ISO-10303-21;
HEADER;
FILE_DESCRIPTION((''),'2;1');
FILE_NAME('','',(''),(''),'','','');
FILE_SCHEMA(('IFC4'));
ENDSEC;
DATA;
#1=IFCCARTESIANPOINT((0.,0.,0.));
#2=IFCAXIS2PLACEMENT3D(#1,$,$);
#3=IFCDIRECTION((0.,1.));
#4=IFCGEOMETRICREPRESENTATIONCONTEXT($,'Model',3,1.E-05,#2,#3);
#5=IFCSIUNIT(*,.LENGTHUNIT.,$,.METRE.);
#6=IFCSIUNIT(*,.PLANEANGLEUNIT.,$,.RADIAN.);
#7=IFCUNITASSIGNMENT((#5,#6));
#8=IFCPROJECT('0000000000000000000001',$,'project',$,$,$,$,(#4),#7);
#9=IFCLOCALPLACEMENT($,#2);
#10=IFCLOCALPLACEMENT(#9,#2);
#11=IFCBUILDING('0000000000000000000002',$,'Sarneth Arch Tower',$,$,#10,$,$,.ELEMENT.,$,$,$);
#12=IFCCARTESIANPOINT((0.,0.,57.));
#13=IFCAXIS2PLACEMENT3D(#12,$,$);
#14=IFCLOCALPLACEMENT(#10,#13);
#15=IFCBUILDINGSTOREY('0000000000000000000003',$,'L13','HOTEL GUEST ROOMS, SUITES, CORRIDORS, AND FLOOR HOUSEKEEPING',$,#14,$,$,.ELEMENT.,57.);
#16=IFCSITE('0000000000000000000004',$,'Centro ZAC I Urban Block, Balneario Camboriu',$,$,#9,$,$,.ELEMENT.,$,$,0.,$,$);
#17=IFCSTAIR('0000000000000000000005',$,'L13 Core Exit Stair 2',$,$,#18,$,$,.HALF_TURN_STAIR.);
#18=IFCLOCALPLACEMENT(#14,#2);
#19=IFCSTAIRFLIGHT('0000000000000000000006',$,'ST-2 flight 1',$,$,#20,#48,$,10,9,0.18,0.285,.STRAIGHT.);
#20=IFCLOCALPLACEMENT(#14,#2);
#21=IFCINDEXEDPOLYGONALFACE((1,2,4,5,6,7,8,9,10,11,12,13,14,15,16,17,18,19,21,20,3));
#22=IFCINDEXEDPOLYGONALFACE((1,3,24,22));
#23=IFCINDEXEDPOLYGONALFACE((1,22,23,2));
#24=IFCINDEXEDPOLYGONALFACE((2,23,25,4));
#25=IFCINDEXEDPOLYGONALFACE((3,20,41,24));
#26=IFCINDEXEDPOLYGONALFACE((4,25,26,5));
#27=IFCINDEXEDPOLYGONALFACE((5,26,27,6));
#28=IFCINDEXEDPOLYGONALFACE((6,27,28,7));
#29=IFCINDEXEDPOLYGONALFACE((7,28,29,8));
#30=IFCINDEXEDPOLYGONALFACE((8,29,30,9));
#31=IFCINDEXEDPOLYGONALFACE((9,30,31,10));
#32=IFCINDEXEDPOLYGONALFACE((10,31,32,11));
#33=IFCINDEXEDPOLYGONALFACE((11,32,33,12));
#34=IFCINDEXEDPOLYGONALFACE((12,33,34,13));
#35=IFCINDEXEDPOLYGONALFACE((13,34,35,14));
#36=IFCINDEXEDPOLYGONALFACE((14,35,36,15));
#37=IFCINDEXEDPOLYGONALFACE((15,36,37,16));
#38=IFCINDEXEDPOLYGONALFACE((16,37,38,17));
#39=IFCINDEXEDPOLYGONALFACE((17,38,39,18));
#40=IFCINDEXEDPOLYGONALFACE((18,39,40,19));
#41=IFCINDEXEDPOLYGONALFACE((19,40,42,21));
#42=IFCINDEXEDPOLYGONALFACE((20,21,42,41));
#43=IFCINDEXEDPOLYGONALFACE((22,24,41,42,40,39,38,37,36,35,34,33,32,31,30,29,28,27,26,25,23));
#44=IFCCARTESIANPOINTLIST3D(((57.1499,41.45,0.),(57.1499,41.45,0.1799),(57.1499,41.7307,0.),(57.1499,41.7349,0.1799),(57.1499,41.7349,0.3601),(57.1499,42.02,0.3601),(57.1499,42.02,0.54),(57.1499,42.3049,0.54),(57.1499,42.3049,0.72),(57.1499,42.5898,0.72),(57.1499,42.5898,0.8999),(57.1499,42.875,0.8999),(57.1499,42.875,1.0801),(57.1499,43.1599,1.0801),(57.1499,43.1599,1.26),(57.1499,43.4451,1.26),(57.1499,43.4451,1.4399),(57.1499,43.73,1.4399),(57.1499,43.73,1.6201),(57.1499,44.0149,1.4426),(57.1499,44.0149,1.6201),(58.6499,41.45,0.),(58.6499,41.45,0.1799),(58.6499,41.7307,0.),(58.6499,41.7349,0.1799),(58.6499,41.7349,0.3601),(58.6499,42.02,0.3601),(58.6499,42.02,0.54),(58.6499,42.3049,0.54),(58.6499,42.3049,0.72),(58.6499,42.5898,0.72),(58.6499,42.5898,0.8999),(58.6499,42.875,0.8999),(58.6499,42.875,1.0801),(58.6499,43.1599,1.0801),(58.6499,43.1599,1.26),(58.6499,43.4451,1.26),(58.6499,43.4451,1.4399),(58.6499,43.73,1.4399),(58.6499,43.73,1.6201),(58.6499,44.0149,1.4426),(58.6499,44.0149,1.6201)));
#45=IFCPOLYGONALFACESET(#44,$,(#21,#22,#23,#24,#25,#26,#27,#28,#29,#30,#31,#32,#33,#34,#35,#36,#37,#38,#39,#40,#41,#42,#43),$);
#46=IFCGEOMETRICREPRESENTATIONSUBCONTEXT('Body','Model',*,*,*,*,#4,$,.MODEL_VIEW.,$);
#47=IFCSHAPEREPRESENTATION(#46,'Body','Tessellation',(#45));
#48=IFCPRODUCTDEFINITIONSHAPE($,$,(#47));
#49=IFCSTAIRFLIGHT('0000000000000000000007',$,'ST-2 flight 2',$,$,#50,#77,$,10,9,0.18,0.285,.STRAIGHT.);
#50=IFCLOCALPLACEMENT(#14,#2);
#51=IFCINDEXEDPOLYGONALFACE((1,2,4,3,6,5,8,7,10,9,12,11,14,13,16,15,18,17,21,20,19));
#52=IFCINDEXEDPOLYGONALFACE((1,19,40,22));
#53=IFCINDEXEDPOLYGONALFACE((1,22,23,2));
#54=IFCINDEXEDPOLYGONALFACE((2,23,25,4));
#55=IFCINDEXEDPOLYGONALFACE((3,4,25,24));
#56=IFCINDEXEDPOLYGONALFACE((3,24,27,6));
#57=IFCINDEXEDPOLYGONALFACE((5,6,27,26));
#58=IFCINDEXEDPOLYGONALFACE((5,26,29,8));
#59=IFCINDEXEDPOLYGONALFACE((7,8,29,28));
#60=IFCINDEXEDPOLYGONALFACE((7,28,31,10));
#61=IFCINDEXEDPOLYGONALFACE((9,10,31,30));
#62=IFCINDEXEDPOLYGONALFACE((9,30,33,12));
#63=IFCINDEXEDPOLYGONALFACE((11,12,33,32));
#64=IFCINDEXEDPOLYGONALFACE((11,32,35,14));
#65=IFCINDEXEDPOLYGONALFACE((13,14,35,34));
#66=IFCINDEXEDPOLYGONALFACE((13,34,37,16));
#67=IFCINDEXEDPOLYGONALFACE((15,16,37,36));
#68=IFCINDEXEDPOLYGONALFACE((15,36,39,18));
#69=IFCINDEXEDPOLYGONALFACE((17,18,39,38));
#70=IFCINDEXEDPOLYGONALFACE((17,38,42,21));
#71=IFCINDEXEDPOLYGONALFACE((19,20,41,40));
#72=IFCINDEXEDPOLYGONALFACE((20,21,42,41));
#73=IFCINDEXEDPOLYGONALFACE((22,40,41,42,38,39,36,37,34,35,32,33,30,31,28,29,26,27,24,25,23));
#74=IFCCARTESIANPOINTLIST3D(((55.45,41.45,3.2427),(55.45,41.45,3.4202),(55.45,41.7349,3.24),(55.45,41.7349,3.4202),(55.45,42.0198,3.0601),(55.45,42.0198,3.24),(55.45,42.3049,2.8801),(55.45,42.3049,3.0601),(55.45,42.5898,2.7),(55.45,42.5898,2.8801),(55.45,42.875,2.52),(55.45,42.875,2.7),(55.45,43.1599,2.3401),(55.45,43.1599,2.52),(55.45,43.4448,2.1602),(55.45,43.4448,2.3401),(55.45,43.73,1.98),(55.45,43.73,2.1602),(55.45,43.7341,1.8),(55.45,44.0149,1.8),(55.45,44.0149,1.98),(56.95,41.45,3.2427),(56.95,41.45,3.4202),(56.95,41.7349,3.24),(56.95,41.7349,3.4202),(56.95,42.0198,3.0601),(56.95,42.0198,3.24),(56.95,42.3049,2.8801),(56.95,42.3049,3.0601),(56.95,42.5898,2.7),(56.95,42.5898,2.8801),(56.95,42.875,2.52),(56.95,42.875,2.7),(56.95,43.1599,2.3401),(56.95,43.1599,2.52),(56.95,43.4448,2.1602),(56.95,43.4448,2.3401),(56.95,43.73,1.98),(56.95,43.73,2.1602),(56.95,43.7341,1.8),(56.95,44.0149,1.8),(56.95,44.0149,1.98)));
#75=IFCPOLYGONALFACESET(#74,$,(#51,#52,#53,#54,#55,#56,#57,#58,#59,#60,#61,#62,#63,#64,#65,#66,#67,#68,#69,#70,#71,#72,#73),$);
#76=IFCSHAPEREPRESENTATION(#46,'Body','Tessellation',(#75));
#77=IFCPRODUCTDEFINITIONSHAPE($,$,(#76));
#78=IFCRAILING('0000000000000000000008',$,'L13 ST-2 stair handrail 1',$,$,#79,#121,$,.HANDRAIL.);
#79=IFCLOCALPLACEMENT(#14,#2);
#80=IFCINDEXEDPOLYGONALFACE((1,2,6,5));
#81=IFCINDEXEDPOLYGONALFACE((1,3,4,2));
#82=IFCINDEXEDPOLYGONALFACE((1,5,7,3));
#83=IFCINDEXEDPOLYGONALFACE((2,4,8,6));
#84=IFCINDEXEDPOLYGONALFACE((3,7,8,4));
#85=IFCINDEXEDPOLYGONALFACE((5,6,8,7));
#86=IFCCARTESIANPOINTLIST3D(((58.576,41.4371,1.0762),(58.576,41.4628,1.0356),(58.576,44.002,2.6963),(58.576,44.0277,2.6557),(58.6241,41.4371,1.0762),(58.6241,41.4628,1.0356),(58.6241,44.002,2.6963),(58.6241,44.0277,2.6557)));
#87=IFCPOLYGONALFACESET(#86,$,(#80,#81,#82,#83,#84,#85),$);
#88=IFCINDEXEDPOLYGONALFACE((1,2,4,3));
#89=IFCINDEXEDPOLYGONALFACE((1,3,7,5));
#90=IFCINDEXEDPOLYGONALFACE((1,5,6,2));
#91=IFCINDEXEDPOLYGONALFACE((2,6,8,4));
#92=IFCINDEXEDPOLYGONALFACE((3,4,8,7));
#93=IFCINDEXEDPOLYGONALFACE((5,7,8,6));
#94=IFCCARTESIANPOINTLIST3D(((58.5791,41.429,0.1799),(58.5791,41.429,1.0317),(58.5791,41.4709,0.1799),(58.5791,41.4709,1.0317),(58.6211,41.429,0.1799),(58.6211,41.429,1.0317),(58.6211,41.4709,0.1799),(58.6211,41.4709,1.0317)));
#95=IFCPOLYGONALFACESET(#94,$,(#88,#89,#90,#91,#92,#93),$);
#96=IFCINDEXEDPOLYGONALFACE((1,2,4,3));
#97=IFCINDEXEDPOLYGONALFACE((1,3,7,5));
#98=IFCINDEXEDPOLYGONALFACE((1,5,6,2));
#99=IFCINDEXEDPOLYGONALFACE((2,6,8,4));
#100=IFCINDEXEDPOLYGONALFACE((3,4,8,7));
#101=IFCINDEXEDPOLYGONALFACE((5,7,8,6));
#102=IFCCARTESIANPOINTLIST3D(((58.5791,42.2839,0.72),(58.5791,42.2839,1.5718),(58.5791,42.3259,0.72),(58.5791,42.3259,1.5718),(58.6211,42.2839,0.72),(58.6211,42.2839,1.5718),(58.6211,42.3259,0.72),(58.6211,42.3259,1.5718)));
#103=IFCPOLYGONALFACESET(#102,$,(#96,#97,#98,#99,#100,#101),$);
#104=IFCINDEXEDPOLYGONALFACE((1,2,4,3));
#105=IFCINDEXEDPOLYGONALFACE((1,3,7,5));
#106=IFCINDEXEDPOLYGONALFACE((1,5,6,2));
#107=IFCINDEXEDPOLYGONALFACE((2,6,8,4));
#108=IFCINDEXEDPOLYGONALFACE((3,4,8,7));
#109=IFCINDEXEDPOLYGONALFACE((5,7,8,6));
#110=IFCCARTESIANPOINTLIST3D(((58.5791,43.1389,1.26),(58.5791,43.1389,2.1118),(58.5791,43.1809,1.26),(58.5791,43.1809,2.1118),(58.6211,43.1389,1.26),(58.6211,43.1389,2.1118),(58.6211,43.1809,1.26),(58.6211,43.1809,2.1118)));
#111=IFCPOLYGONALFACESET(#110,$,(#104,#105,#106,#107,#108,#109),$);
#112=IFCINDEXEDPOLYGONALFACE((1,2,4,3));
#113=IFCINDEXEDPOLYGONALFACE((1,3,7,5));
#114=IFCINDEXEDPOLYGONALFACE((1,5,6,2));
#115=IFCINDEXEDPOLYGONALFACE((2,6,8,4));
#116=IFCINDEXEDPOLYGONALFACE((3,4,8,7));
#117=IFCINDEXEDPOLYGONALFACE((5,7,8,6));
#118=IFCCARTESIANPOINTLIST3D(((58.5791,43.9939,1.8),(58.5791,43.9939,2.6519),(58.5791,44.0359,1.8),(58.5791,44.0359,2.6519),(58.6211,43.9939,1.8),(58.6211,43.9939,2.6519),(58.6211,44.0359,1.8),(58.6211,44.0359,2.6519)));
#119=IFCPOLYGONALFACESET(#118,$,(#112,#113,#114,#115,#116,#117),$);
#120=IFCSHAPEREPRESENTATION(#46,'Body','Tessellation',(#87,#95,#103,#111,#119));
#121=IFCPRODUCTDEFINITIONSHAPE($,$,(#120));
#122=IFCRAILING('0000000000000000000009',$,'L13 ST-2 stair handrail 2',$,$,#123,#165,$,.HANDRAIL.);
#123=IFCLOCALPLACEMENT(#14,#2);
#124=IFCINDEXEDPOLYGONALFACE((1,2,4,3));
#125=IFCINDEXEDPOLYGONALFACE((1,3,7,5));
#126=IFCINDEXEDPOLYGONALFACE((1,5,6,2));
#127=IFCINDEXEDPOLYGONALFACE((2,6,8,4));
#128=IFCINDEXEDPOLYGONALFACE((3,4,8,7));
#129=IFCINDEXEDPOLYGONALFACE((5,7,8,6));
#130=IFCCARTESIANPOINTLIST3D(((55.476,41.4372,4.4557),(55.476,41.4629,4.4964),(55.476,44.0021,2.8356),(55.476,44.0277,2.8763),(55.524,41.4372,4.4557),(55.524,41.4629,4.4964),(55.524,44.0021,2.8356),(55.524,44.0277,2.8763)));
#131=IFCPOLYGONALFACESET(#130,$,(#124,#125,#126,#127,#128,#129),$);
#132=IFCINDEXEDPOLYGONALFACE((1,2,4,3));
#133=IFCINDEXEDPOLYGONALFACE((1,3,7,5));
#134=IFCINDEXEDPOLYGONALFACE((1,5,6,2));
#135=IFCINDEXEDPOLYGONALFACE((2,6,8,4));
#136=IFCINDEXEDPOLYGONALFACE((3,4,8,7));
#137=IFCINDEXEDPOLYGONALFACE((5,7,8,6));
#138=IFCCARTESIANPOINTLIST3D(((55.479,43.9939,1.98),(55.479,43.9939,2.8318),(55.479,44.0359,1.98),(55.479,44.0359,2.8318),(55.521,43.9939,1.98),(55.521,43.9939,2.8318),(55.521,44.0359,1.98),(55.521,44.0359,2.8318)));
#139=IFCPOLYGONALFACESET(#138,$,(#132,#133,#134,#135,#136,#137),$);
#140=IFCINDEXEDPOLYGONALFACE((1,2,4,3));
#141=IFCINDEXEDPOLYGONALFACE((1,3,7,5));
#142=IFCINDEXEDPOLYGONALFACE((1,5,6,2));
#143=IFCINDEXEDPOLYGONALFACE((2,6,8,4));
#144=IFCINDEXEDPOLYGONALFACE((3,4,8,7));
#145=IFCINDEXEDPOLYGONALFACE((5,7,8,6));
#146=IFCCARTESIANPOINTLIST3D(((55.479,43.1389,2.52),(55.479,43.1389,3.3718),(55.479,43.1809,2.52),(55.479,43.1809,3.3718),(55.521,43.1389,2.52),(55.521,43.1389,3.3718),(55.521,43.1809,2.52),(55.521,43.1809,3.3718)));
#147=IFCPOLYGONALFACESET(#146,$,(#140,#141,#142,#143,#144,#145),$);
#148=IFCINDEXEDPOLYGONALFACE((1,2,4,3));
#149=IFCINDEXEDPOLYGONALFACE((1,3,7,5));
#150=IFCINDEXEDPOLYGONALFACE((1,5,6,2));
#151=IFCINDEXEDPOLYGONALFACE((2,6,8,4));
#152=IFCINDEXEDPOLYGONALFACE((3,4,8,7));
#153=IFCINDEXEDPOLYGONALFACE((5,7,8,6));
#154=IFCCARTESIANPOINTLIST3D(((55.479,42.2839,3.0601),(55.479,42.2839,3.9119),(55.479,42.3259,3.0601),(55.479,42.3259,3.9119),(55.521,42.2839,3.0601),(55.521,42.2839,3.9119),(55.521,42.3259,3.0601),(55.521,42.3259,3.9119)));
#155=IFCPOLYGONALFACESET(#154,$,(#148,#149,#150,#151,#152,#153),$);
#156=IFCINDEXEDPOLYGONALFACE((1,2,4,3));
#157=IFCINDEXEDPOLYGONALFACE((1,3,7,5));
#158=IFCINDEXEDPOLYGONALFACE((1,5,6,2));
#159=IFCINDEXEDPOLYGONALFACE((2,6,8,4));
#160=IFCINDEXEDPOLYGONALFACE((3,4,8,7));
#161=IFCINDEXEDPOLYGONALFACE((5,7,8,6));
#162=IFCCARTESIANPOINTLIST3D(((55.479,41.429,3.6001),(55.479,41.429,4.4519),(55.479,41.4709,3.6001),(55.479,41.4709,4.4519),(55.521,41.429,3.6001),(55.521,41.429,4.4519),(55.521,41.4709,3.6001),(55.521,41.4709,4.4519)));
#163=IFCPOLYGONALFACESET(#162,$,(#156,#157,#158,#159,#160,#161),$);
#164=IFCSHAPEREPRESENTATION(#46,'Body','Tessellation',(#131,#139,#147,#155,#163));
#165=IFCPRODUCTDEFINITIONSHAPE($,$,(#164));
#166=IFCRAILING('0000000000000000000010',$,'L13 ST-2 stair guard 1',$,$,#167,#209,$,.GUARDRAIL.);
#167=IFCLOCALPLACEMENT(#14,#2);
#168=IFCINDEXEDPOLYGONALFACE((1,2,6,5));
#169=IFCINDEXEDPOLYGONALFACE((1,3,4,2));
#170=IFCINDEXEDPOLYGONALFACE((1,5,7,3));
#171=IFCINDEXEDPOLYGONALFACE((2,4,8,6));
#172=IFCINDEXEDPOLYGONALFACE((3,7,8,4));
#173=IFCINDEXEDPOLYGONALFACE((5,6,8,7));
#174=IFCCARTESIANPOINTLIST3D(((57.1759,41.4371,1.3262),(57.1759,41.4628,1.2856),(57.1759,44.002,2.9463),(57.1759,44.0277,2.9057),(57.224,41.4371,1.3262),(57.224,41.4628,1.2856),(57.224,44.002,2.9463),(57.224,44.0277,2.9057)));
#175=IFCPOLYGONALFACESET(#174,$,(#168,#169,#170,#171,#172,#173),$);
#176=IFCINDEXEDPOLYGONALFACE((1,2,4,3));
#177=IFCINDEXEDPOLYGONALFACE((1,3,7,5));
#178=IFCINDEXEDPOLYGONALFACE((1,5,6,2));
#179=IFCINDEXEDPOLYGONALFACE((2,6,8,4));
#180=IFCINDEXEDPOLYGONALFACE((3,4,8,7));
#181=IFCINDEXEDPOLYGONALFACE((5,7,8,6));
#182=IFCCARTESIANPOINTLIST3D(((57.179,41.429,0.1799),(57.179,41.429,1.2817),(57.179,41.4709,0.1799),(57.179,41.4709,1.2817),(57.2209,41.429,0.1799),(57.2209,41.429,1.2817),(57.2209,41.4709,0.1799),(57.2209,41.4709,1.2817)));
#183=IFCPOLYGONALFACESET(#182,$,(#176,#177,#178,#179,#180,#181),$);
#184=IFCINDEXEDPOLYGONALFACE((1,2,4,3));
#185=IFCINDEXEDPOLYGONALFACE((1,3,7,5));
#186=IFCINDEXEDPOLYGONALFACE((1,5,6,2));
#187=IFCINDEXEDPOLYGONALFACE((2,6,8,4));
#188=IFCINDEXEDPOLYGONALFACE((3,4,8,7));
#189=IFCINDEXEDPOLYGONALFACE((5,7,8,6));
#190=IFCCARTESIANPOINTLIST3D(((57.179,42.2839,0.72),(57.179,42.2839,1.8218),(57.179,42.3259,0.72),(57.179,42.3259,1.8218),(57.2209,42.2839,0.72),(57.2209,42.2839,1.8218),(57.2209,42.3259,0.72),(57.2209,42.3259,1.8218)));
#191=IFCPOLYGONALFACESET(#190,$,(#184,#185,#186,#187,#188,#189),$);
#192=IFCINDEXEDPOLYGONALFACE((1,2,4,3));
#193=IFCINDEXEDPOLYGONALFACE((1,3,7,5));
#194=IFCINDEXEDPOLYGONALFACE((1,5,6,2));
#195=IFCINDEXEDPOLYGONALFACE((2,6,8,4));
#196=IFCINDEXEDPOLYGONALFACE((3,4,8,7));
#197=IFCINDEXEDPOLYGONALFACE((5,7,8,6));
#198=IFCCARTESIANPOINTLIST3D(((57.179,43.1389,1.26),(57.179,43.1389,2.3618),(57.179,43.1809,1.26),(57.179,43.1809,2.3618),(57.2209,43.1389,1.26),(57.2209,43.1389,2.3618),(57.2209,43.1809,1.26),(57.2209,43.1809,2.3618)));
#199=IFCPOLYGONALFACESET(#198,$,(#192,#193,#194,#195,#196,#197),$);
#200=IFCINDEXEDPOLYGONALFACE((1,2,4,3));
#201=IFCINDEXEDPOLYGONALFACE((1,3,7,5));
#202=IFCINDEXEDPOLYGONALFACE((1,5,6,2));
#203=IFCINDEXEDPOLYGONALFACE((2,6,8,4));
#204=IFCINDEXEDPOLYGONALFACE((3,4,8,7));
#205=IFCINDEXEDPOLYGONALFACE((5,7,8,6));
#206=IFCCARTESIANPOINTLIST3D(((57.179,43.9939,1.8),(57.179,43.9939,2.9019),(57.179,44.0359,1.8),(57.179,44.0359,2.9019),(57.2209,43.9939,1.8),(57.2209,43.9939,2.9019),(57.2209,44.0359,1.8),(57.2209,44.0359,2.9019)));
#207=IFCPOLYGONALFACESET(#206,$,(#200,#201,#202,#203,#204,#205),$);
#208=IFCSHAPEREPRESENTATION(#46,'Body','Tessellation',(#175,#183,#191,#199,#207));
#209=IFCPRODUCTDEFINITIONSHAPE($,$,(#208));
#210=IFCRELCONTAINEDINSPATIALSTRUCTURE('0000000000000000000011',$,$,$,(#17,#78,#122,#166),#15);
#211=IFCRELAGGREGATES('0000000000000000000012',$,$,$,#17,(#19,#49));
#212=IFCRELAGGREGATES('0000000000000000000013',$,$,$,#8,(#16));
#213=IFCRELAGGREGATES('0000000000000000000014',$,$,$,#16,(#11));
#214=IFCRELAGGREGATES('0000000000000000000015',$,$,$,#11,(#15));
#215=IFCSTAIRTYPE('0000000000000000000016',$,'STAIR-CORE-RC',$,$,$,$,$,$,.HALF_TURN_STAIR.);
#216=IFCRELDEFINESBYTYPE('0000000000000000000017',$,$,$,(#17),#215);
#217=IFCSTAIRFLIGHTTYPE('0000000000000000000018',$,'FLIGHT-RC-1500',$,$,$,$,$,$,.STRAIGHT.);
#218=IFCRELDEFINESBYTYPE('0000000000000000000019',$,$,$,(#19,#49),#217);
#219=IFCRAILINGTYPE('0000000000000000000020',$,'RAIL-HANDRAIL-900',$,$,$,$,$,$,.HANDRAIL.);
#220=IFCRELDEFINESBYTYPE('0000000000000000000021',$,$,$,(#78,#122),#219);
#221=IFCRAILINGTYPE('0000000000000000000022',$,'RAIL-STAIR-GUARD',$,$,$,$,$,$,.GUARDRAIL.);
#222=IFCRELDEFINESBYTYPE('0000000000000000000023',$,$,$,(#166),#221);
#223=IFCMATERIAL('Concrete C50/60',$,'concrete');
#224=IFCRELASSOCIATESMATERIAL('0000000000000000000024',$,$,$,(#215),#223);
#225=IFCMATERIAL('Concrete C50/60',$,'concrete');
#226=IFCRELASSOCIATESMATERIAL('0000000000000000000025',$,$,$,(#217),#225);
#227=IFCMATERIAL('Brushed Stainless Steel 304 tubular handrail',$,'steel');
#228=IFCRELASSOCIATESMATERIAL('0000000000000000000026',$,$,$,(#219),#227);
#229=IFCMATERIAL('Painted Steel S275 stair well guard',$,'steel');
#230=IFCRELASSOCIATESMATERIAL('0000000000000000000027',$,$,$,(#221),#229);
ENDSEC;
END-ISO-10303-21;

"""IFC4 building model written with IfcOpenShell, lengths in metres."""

from ifc_helpers import new_model, si_unit, direction, frame, origin, origin_2d, place, context, subcontext, project, spatial, polyline, rectangle, outline, extrude, material, type_object, element, aggregate, save


model = new_model("IFC4")

# Units and contexts
model_context = context("Model", 3, precision=1e-05, world=origin(), true_north=direction((0.0, 1.0)))
body_context = subcontext(model_context, "Body", "Model", "MODEL_VIEW")
ifc_project = project(units=[si_unit("LENGTHUNIT", "METRE"), si_unit("PLANEANGLEUNIT", "RADIAN")], contexts=[model_context])

# Site, building, storey
site_placement = place(None, origin())
site = spatial("IfcSite", under=ifc_project, at=site_placement, Name="Centro ZAC I Urban Block, Balneario Camboriu", CompositionType="ELEMENT", RefElevation=0.0)
building_placement = place(site_placement, origin())
building = spatial("IfcBuilding", under=site, at=building_placement, Name="Sarneth Arch Tower", CompositionType="ELEMENT")
storey_placement = place(building_placement, frame((0.0, 0.0, 57.0)))
storey = spatial("IfcBuildingStorey", under=building, at=storey_placement, Name="L13", Description="HOTEL GUEST ROOMS, SUITES, CORRIDORS, AND FLOOR HOUSEKEEPING", CompositionType="ELEMENT", Elevation=57.0)

# Stair, stair flights
ifc_material_1 = material(Name="Concrete C50/60", Category="concrete")
stair_type = type_object("IfcStairType", Name="STAIR-CORE-RC", PredefinedType="HALF_TURN_STAIR", material=ifc_material_1)
stair_placement = place(storey_placement, origin())
stair = element("IfcStair", 1, at=stair_placement, inside=storey, type_object=stair_type, Name="L13 Core Exit Stair 2", PredefinedType="HALF_TURN_STAIR")
ifc_material_2 = material(Name="Concrete C50/60", Category="concrete")
stair_flight_type = type_object("IfcStairFlightType", Name="FLIGHT-RC-1500", PredefinedType="STRAIGHT", material=ifc_material_2)
stair_flight_1_placement = place(storey_placement, frame((57.8999, 41.45, 0.0), z_axis=(0.0, 0.0, 1.0), x_axis=(0.0, 1.0, 0.0)))
stair_flight_1 = element("IfcStairFlight", 2, at=stair_flight_1_placement, type_object=stair_flight_type, Name="ST-2 flight 1", NumberOfRisers=10, NumberOfTreads=9, PredefinedType="STRAIGHT", RiserHeight=0.18, TreadLength=0.285, context=body_context, shape_type="SweptSolid", body=[
    extrude(outline(polyline([(0.0, 0.0), (0.0, 0.1799), (0.2849, 0.1799), (0.2849, 0.3601), (0.5701, 0.3601), (0.5701, 0.54), (0.855, 0.54), (0.855, 0.72), (1.1399, 0.72), (1.1399, 0.8999), (1.425, 0.8999), (1.425, 1.0801), (1.71, 1.0801), (1.71, 1.26), (1.9951, 1.26), (1.9951, 1.4399), (2.28, 1.4399), (2.28, 1.6201), (2.5649, 1.6201), (2.5649, 1.8), (2.5649, 1.4426), (0.2808, 0.0), (0.0, 0.0)])), frame((0.0, 0.75, 0.0), z_axis=(0.0, -1.0, 0.0), x_axis=(1.0, 0.0, 0.0)), (0.0, 0.0, 1.0), 1.5),
])
stair_flight_2_placement = place(storey_placement, frame((56.2, 44.0149, 1.8), z_axis=(0.0, 0.0, 1.0), x_axis=(0.0, -1.0, 0.0)))
stair_flight_2 = element("IfcStairFlight", 3, at=stair_flight_2_placement, type_object=stair_flight_type, Name="ST-2 flight 2", NumberOfRisers=10, NumberOfTreads=9, PredefinedType="STRAIGHT", RiserHeight=0.18, TreadLength=0.285, context=body_context, shape_type="SweptSolid", body=[
    extrude(outline(polyline([(0.0, 0.0), (0.0, 0.1799), (0.2849, 0.1799), (0.2849, 0.3601), (0.5701, 0.3601), (0.5701, 0.54), (0.855, 0.54), (0.855, 0.72), (1.1399, 0.72), (1.1399, 0.8999), (1.425, 0.8999), (1.425, 1.0801), (1.71, 1.0801), (1.71, 1.26), (1.9951, 1.26), (1.9951, 1.4399), (2.28, 1.4399), (2.28, 1.6201), (2.5649, 1.6201), (2.5649, 1.8), (2.5649, 1.4426), (0.2808, 0.0), (0.0, 0.0)])), frame((0.0, 0.75, 0.0), z_axis=(0.0, -1.0, 0.0), x_axis=(1.0, 0.0, 0.0)), (0.0, 0.0, 1.0), 1.5),
])
aggregate(stair, [stair_flight_1, stair_flight_2])

# Railings
ifc_material_3 = material(Name="Brushed Stainless Steel 304 tubular handrail", Category="steel")
railing_type_1 = type_object("IfcRailingType", Name="RAIL-HANDRAIL-900", PredefinedType="HANDRAIL", material=ifc_material_3)
railing_1_placement = place(storey_placement, frame((58.6001, 41.45, 0.1799)))
element("IfcRailing", 4, at=railing_1_placement, inside=storey, type_object=railing_type_1, Name="L13 ST-2 stair handrail 1", PredefinedType="HANDRAIL", context=body_context, shape_type="SweptSolid", body=[
    extrude(rectangle(XDim=0.0481, YDim=0.0481, at=origin_2d()), frame((0.0, 0.0, 0.876), z_axis=(0.0, 0.845466, 0.534029), x_axis=(-1.0, 0.0, 0.0)), (0.0, 0.0, 1.0), 3.0337),
    extrude(rectangle(XDim=0.042, YDim=0.042, at=origin_2d()), origin(), (0.0, 0.0, 1.0), 0.8518),
    extrude(rectangle(XDim=0.042, YDim=0.042, at=origin_2d()), frame((0.0, 0.855, 0.54)), (0.0, 0.0, 1.0), 0.8518),
    extrude(rectangle(XDim=0.042, YDim=0.042, at=origin_2d()), frame((0.0, 1.71, 1.0801)), (0.0, 0.0, 1.0), 0.8518),
    extrude(rectangle(XDim=0.042, YDim=0.042, at=origin_2d()), frame((0.0, 2.5649, 1.6201)), (0.0, 0.0, 1.0), 0.8518),
])
railing_2_placement = place(storey_placement, frame((55.5, 44.0149, 1.98)))
element("IfcRailing", 5, at=railing_2_placement, inside=storey, type_object=railing_type_1, Name="L13 ST-2 stair handrail 2", PredefinedType="HANDRAIL", context=body_context, shape_type="SweptSolid", body=[
    extrude(rectangle(XDim=0.0481, YDim=0.0481, at=origin_2d()), frame((0.0, 0.0, 0.876), z_axis=(0.0, -0.845466, 0.534029), x_axis=(1.0, 0.0, 0.0)), (0.0, 0.0, 1.0), 3.0337),
    extrude(rectangle(XDim=0.042, YDim=0.042, at=origin_2d()), origin(), (0.0, 0.0, 1.0), 0.8518),
    extrude(rectangle(XDim=0.042, YDim=0.042, at=origin_2d()), frame((0.0, -0.855, 0.54)), (0.0, 0.0, 1.0), 0.8518),
    extrude(rectangle(XDim=0.042, YDim=0.042, at=origin_2d()), frame((0.0, -1.71, 1.0801)), (0.0, 0.0, 1.0), 0.8518),
    extrude(rectangle(XDim=0.042, YDim=0.042, at=origin_2d()), frame((0.0, -2.5649, 1.6201)), (0.0, 0.0, 1.0), 0.8518),
])
ifc_material_4 = material(Name="Painted Steel S275 stair well guard", Category="steel")
railing_type_2 = type_object("IfcRailingType", Name="RAIL-STAIR-GUARD", PredefinedType="GUARDRAIL", material=ifc_material_4)
railing_3_placement = place(storey_placement, frame((57.2, 41.45, 0.1799)))
element("IfcRailing", 6, at=railing_3_placement, inside=storey, type_object=railing_type_2, Name="L13 ST-2 stair guard 1", PredefinedType="GUARDRAIL", context=body_context, shape_type="SweptSolid", body=[
    extrude(rectangle(XDim=0.0481, YDim=0.0481, at=origin_2d()), frame((0.0, 0.0, 1.126), z_axis=(0.0, 0.845466, 0.534029), x_axis=(-1.0, 0.0, 0.0)), (0.0, 0.0, 1.0), 3.0337),
    extrude(rectangle(XDim=0.042, YDim=0.042, at=origin_2d()), origin(), (0.0, 0.0, 1.0), 1.1018),
    extrude(rectangle(XDim=0.042, YDim=0.042, at=origin_2d()), frame((0.0, 0.855, 0.54)), (0.0, 0.0, 1.0), 1.1018),
    extrude(rectangle(XDim=0.042, YDim=0.042, at=origin_2d()), frame((0.0, 1.71, 1.0801)), (0.0, 0.0, 1.0), 1.1018),
    extrude(rectangle(XDim=0.042, YDim=0.042, at=origin_2d()), frame((0.0, 2.5649, 1.6201)), (0.0, 0.0, 1.0), 1.1018),
])

save(model, "model.ifc")
